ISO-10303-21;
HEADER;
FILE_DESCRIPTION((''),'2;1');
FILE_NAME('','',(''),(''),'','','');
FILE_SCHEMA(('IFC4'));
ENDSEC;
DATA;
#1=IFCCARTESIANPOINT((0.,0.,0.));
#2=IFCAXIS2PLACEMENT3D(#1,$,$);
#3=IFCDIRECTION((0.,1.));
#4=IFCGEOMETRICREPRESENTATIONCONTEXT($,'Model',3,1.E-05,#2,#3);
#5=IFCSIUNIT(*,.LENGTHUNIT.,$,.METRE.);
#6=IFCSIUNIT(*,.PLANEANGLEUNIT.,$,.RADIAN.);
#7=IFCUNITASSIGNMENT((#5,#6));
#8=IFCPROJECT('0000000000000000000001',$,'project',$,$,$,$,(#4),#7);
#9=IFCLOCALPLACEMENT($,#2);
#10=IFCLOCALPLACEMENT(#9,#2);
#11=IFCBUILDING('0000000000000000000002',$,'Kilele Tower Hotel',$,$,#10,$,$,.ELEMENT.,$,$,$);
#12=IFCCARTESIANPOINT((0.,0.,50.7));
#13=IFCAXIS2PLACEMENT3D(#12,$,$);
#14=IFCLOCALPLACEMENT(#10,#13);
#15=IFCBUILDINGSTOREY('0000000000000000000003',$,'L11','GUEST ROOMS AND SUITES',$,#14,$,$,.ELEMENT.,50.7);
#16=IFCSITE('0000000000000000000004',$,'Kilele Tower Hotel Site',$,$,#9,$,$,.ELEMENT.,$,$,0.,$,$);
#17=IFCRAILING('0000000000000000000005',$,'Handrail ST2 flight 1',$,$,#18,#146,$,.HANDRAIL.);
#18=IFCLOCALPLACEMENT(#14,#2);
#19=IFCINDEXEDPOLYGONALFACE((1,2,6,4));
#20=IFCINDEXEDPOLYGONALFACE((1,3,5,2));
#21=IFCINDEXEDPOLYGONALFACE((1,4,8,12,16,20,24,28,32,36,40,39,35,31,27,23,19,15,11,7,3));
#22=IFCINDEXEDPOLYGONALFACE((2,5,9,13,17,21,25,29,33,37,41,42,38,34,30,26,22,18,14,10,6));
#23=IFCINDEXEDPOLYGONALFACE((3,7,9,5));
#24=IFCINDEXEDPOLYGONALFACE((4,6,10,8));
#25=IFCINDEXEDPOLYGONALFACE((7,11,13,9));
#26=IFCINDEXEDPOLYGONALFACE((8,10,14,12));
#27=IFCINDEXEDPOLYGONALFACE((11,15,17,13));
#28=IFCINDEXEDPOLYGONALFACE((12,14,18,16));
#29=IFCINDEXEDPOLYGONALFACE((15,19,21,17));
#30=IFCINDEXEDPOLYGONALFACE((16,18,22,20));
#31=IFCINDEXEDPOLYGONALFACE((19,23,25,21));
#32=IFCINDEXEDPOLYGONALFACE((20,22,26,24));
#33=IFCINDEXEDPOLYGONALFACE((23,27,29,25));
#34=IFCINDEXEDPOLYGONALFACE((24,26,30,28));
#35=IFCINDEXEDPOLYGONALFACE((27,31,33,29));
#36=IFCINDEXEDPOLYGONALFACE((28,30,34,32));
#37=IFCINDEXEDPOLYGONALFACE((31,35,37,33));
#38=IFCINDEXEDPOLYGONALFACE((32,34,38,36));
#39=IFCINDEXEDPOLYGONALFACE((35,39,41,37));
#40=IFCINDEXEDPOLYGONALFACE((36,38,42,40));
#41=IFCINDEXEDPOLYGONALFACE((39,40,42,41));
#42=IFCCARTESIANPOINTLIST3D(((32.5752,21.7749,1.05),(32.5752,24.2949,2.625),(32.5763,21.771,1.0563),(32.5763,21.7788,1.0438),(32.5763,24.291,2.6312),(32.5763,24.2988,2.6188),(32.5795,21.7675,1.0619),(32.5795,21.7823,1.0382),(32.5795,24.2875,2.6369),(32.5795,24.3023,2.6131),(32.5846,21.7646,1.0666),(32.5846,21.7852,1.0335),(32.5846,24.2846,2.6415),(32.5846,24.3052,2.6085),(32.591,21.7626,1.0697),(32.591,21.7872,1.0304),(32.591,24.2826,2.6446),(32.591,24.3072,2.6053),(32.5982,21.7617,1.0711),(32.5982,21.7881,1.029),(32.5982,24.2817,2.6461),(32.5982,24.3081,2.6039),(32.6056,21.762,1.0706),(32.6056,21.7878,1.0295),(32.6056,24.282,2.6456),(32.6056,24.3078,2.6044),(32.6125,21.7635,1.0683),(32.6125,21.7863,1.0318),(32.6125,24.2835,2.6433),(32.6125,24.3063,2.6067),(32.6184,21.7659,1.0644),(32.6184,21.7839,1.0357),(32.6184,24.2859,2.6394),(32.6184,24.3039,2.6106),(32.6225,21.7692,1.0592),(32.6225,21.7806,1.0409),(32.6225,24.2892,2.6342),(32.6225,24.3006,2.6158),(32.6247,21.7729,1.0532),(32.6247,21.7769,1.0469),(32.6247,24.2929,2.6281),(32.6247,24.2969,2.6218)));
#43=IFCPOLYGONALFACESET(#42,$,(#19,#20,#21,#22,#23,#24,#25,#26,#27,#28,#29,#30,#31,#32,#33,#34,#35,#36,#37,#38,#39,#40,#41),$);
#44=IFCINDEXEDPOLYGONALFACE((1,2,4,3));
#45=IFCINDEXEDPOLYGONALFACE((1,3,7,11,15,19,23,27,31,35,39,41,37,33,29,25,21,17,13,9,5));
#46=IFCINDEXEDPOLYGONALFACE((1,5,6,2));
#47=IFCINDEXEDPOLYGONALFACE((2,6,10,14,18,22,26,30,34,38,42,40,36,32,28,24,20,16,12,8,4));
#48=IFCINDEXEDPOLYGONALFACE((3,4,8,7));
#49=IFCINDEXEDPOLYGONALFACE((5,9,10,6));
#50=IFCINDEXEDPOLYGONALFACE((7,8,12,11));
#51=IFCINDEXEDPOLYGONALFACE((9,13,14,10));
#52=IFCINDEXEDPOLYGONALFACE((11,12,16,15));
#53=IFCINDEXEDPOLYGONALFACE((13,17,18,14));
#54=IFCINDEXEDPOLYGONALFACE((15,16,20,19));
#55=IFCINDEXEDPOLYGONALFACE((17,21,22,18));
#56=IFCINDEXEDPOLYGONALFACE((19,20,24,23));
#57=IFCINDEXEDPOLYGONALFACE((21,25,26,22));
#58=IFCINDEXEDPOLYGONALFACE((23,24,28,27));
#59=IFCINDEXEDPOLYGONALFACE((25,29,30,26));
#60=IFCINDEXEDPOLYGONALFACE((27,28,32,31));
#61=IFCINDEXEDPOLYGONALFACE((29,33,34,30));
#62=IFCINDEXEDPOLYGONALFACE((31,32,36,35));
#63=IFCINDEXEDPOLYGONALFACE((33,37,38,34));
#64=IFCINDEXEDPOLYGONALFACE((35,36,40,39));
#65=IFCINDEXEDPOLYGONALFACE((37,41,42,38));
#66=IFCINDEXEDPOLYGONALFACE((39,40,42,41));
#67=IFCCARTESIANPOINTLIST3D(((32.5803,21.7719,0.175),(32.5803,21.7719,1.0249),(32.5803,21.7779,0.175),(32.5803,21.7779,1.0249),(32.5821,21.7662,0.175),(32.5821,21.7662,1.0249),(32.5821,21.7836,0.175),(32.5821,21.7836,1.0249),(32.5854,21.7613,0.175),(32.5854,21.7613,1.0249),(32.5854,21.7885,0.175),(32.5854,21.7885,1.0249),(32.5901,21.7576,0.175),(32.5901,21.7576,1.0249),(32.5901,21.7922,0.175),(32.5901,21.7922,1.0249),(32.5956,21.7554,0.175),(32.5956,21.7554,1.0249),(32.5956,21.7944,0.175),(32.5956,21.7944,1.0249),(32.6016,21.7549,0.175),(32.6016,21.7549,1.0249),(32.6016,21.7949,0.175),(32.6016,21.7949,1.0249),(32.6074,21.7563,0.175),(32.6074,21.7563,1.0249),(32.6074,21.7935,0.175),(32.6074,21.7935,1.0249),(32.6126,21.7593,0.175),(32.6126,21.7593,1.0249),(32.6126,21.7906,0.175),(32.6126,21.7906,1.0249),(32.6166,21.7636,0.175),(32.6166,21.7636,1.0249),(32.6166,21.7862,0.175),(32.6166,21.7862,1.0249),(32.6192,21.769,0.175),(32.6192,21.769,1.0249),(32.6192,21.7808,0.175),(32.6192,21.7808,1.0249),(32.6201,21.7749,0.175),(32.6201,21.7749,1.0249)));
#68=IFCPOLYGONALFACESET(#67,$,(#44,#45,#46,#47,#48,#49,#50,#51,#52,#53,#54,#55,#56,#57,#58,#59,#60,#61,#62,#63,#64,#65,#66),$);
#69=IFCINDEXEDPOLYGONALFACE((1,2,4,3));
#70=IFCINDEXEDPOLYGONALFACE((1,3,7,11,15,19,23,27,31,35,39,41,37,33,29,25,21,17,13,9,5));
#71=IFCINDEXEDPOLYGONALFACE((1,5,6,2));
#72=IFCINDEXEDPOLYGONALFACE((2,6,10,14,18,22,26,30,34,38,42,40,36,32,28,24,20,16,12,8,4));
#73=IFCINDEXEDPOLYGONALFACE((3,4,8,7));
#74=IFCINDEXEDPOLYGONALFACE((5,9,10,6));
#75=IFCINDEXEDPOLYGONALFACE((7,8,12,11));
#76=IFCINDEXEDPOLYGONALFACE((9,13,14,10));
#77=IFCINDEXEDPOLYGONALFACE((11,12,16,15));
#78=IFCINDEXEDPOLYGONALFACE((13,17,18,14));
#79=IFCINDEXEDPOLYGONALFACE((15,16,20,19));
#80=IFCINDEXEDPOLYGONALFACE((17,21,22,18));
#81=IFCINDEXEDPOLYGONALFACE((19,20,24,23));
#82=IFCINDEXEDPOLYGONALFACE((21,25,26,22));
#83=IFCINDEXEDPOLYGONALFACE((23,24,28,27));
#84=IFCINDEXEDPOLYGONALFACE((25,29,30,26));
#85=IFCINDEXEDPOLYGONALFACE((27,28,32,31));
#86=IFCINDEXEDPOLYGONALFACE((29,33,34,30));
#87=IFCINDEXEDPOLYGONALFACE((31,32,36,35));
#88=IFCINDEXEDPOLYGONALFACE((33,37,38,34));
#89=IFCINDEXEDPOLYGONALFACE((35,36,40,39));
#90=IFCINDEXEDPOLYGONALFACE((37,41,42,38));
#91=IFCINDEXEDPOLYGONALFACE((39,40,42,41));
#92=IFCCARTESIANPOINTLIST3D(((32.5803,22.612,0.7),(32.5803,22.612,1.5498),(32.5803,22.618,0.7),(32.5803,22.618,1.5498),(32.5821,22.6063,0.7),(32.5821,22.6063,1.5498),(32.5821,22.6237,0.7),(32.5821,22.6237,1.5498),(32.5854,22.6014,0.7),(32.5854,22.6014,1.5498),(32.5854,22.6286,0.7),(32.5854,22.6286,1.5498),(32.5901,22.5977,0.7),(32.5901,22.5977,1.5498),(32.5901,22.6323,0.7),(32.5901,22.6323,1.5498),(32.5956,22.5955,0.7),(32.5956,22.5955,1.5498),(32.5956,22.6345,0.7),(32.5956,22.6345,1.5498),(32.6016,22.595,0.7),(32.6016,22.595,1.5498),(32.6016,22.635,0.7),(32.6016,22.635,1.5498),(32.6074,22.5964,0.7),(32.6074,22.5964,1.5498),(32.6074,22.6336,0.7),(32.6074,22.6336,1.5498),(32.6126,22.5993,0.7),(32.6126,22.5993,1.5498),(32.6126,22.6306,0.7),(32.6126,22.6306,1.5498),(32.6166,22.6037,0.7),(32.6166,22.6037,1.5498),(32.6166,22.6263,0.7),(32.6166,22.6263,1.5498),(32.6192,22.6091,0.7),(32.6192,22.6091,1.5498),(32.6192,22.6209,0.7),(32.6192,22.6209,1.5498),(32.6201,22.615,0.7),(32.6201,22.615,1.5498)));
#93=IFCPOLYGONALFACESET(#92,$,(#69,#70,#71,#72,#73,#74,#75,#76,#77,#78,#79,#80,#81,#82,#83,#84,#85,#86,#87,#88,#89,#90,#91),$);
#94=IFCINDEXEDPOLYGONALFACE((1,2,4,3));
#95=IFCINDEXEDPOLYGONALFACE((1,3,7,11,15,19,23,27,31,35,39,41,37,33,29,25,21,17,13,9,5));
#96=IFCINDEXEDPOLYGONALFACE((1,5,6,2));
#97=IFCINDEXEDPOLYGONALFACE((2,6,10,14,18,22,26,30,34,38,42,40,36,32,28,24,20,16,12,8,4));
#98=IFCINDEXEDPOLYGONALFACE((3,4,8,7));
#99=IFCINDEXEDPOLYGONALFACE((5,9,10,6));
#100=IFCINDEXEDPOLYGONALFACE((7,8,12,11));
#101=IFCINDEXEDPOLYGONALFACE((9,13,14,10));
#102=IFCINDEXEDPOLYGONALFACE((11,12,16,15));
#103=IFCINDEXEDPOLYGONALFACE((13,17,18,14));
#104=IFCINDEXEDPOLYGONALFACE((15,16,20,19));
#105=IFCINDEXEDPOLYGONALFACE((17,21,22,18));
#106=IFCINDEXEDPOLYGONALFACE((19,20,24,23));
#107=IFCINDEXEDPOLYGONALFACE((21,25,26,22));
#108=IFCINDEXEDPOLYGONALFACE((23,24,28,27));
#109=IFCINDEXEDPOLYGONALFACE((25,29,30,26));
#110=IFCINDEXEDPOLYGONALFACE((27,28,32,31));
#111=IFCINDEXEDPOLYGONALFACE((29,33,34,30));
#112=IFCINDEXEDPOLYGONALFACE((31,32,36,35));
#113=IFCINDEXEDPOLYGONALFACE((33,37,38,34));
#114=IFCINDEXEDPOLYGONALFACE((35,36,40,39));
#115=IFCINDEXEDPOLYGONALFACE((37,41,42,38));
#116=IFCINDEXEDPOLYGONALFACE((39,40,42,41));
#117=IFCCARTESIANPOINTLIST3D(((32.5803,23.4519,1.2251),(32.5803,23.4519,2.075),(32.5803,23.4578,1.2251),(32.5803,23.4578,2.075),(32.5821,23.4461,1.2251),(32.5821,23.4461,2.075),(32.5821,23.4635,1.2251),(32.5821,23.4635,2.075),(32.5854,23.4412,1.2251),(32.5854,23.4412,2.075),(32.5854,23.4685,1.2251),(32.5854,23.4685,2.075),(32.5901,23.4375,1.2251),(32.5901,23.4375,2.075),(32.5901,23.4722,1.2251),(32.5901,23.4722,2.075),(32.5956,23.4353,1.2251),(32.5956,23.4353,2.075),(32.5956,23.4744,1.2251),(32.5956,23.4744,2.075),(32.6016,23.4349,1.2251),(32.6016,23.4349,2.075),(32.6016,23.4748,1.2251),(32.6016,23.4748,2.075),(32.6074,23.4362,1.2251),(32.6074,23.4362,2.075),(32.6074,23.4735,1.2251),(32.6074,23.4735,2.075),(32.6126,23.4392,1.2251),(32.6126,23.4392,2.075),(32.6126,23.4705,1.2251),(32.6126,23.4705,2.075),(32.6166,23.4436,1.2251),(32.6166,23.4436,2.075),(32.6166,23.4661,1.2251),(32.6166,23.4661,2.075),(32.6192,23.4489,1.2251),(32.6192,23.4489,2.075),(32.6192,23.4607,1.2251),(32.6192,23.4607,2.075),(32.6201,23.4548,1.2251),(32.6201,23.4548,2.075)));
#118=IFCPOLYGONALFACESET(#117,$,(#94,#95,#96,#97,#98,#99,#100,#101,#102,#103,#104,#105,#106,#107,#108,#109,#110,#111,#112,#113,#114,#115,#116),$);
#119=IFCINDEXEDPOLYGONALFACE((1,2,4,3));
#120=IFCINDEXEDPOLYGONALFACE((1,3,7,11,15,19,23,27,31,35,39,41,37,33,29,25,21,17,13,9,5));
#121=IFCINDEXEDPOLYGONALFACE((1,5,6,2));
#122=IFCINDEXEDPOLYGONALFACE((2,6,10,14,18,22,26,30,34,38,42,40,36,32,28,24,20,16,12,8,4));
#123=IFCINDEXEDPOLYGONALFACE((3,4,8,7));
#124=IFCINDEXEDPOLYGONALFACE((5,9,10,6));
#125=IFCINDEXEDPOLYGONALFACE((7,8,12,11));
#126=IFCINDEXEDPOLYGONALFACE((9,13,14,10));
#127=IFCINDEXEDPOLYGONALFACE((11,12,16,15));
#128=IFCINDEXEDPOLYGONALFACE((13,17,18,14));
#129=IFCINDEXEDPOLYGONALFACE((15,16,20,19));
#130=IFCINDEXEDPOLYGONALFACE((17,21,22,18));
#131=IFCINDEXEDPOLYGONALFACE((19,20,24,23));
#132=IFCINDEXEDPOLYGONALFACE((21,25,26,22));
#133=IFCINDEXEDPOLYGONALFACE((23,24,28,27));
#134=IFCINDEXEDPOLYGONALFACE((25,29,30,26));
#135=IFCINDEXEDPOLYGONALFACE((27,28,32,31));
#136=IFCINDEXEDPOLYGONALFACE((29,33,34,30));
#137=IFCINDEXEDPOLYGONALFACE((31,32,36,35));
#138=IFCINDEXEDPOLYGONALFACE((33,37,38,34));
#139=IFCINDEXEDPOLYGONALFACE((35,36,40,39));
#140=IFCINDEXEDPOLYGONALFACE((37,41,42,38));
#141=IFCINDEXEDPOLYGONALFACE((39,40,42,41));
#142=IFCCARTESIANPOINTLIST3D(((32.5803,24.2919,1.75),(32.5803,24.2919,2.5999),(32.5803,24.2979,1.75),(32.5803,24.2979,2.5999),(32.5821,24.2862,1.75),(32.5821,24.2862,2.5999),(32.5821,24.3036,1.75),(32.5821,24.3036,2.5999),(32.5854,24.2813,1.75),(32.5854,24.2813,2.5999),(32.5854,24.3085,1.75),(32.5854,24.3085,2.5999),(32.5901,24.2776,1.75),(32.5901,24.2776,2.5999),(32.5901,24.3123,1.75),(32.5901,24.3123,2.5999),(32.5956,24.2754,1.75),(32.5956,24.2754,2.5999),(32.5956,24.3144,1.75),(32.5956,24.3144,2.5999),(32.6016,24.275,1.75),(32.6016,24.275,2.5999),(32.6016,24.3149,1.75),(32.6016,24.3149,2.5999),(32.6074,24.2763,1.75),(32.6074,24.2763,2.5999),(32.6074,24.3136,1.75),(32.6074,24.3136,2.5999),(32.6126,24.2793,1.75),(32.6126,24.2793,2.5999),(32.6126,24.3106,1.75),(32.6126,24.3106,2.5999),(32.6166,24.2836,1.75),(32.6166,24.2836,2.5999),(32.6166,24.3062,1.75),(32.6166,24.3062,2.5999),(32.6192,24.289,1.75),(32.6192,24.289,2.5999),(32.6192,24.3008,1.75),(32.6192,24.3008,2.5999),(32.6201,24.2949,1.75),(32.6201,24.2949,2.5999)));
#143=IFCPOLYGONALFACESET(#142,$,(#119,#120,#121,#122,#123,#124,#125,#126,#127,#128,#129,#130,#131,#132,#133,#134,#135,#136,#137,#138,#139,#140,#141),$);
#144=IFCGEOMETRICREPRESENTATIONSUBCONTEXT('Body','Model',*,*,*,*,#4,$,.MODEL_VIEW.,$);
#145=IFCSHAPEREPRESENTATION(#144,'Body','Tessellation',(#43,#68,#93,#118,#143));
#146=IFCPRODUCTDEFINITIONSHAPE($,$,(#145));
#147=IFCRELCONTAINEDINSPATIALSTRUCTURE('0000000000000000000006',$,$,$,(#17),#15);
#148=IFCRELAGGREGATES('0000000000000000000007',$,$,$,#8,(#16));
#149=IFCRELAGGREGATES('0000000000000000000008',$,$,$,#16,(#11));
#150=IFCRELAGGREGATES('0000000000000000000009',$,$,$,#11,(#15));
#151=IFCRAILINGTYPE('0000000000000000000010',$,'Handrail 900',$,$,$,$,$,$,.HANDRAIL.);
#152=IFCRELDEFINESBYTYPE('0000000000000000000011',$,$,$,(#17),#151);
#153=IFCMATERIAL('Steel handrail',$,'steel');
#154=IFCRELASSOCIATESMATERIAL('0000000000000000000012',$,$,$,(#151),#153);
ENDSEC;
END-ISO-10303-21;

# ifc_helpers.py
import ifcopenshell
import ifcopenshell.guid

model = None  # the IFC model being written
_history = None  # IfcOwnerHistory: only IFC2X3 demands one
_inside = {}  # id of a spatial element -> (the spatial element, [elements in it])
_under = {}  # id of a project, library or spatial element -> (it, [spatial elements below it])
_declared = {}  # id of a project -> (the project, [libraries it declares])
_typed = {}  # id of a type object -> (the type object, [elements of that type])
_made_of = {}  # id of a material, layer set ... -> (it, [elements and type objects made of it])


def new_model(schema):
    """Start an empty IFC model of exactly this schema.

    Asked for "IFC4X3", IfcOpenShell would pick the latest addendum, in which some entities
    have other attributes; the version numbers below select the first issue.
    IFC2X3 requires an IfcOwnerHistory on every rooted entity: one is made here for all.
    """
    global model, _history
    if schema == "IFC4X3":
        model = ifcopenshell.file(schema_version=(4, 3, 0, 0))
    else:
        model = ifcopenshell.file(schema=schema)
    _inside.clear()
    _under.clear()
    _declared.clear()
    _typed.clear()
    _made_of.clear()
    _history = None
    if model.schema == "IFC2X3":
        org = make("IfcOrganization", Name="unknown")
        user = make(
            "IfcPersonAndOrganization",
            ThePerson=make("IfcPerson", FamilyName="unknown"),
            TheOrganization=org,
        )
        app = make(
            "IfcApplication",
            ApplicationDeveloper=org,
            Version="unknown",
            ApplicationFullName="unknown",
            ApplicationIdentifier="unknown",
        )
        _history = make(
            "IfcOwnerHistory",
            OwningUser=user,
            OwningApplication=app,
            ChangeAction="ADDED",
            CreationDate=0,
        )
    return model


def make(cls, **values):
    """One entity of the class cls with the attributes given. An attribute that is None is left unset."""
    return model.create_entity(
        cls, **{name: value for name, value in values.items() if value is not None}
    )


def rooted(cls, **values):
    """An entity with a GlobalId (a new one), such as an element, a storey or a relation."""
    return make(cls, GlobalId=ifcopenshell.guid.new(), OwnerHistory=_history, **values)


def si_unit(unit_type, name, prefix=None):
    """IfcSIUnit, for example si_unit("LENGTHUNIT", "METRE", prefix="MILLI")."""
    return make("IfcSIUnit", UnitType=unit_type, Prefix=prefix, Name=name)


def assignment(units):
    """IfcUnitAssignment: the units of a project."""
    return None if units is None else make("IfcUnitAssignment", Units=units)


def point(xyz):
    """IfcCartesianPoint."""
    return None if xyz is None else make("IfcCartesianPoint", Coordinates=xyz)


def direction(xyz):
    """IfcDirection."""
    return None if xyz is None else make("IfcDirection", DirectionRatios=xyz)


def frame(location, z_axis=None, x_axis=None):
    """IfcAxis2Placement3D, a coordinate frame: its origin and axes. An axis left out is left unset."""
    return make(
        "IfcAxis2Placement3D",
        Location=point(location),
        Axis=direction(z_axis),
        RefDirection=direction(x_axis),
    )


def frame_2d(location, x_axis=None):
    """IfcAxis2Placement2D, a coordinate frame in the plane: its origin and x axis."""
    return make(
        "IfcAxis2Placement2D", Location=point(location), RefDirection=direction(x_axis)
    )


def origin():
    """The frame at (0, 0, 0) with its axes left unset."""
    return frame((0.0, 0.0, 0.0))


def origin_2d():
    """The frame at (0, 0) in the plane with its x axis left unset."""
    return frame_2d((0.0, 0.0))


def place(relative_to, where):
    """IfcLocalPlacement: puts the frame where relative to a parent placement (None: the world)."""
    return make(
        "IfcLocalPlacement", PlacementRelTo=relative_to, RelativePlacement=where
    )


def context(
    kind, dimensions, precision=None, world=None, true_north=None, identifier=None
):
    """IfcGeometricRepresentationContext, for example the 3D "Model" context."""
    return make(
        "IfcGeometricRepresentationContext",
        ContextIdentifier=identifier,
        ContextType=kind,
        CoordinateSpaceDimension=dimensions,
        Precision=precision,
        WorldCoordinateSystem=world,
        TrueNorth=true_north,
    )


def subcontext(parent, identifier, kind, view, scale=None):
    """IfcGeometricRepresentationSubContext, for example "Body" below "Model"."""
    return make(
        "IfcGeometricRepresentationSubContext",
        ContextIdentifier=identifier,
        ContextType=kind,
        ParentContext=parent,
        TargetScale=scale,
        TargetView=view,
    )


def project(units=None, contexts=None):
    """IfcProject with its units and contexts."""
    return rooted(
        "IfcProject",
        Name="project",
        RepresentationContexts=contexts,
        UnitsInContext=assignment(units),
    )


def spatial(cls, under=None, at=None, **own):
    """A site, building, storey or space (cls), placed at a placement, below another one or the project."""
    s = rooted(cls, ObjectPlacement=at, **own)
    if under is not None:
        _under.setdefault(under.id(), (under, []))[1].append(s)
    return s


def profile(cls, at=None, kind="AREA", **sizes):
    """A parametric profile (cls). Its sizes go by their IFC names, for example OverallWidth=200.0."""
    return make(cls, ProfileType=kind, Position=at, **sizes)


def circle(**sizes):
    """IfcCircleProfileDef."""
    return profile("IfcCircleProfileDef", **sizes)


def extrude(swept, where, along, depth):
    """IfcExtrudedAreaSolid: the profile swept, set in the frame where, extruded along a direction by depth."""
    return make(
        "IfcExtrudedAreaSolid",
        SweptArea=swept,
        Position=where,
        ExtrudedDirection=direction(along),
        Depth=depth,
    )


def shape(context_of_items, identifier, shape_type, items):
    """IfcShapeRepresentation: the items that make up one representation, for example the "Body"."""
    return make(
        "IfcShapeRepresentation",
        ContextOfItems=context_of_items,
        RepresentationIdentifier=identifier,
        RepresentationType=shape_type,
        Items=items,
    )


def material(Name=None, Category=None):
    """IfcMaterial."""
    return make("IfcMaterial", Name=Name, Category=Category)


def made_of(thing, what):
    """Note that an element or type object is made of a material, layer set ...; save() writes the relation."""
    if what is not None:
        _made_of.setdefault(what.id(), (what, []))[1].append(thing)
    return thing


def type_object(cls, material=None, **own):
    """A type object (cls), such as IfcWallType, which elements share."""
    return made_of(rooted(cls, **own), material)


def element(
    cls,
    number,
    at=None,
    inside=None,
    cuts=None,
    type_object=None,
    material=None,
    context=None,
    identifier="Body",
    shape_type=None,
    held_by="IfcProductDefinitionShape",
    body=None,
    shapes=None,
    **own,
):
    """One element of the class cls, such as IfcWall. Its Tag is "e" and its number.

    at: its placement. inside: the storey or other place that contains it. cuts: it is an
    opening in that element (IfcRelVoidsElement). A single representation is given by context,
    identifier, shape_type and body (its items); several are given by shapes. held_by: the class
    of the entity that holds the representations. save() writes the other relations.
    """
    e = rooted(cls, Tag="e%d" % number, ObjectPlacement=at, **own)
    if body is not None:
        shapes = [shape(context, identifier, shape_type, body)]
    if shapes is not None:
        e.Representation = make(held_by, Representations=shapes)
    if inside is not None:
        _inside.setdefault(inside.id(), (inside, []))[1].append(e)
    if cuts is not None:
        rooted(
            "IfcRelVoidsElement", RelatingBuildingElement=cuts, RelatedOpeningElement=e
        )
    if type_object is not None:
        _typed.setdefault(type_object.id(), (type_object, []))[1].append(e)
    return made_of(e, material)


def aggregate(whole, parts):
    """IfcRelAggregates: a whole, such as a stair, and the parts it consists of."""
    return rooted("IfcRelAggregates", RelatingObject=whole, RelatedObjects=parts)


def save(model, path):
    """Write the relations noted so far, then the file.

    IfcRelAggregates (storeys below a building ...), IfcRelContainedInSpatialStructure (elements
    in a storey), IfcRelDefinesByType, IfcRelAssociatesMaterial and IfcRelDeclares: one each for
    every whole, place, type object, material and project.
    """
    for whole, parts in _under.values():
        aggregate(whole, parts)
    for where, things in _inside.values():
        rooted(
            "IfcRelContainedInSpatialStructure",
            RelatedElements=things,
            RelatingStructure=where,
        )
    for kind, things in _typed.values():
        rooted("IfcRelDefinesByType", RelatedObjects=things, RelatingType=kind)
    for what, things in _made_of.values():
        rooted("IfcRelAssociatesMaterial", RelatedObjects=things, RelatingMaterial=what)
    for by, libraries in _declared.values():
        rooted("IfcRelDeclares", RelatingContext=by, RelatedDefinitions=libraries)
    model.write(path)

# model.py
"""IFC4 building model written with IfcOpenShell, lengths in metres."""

from ifc_helpers import new_model, si_unit, direction, frame, origin, origin_2d, place, context, subcontext, project, spatial, circle, extrude, material, type_object, element, save


model = new_model("IFC4")

# Units and contexts
model_context = context("Model", 3, precision=1e-05, world=origin(), true_north=direction((0.0, 1.0)))
body_context = subcontext(model_context, "Body", "Model", "MODEL_VIEW")
ifc_project = project(units=[si_unit("LENGTHUNIT", "METRE"), si_unit("PLANEANGLEUNIT", "RADIAN")], contexts=[model_context])

# Site, building, storey
site_placement = place(None, origin())
site = spatial("IfcSite", under=ifc_project, at=site_placement, Name="Kilele Tower Hotel Site", CompositionType="ELEMENT", RefElevation=0.0)
building_placement = place(site_placement, origin())
building = spatial("IfcBuilding", under=site, at=building_placement, Name="Kilele Tower Hotel", CompositionType="ELEMENT")
storey_placement = place(building_placement, frame((0.0, 0.0, 50.7)))
storey = spatial("IfcBuildingStorey", under=building, at=storey_placement, Name="L11", Description="GUEST ROOMS AND SUITES", CompositionType="ELEMENT", Elevation=50.7)

# Railing
ifc_material_1 = material(Name="Steel handrail", Category="steel")
railing_type_1 = type_object("IfcRailingType", Name="Handrail 900", PredefinedType="HANDRAIL", material=ifc_material_1)
for number, where, name in (
    (1, (32.6001, 21.7749, 0.175), "Handrail ST2 flight 1"),
):
    element("IfcRailing", number, at=place(storey_placement, frame(where)), inside=storey, type_object=railing_type_1, Name=name, PredefinedType="HANDRAIL", context=body_context, shape_type="SweptSolid", body=[
        extrude(circle(Radius=0.0249, at=origin_2d()), frame((0.0, 0.0, 0.875), z_axis=(0.0, 0.848008, 0.529984), x_axis=(-1.0, 0.0, 0.0)), (0.0, 0.0, 1.0), 2.9717),
        extrude(circle(Radius=0.02, at=origin_2d()), origin(), (0.0, 0.0, 1.0), 0.8499),
        extrude(circle(Radius=0.02, at=origin_2d()), frame((0.0, 0.8401, 0.5249)), (0.0, 0.0, 1.0), 0.8499),
        extrude(circle(Radius=0.02, at=origin_2d()), frame((0.0, 1.6799, 1.05)), (0.0, 0.0, 1.0), 0.8499),
        extrude(circle(Radius=0.02, at=origin_2d()), frame((0.0, 2.52, 1.575)), (0.0, 0.0, 1.0), 0.8499),
    ])

save(model, "model.ifc")
